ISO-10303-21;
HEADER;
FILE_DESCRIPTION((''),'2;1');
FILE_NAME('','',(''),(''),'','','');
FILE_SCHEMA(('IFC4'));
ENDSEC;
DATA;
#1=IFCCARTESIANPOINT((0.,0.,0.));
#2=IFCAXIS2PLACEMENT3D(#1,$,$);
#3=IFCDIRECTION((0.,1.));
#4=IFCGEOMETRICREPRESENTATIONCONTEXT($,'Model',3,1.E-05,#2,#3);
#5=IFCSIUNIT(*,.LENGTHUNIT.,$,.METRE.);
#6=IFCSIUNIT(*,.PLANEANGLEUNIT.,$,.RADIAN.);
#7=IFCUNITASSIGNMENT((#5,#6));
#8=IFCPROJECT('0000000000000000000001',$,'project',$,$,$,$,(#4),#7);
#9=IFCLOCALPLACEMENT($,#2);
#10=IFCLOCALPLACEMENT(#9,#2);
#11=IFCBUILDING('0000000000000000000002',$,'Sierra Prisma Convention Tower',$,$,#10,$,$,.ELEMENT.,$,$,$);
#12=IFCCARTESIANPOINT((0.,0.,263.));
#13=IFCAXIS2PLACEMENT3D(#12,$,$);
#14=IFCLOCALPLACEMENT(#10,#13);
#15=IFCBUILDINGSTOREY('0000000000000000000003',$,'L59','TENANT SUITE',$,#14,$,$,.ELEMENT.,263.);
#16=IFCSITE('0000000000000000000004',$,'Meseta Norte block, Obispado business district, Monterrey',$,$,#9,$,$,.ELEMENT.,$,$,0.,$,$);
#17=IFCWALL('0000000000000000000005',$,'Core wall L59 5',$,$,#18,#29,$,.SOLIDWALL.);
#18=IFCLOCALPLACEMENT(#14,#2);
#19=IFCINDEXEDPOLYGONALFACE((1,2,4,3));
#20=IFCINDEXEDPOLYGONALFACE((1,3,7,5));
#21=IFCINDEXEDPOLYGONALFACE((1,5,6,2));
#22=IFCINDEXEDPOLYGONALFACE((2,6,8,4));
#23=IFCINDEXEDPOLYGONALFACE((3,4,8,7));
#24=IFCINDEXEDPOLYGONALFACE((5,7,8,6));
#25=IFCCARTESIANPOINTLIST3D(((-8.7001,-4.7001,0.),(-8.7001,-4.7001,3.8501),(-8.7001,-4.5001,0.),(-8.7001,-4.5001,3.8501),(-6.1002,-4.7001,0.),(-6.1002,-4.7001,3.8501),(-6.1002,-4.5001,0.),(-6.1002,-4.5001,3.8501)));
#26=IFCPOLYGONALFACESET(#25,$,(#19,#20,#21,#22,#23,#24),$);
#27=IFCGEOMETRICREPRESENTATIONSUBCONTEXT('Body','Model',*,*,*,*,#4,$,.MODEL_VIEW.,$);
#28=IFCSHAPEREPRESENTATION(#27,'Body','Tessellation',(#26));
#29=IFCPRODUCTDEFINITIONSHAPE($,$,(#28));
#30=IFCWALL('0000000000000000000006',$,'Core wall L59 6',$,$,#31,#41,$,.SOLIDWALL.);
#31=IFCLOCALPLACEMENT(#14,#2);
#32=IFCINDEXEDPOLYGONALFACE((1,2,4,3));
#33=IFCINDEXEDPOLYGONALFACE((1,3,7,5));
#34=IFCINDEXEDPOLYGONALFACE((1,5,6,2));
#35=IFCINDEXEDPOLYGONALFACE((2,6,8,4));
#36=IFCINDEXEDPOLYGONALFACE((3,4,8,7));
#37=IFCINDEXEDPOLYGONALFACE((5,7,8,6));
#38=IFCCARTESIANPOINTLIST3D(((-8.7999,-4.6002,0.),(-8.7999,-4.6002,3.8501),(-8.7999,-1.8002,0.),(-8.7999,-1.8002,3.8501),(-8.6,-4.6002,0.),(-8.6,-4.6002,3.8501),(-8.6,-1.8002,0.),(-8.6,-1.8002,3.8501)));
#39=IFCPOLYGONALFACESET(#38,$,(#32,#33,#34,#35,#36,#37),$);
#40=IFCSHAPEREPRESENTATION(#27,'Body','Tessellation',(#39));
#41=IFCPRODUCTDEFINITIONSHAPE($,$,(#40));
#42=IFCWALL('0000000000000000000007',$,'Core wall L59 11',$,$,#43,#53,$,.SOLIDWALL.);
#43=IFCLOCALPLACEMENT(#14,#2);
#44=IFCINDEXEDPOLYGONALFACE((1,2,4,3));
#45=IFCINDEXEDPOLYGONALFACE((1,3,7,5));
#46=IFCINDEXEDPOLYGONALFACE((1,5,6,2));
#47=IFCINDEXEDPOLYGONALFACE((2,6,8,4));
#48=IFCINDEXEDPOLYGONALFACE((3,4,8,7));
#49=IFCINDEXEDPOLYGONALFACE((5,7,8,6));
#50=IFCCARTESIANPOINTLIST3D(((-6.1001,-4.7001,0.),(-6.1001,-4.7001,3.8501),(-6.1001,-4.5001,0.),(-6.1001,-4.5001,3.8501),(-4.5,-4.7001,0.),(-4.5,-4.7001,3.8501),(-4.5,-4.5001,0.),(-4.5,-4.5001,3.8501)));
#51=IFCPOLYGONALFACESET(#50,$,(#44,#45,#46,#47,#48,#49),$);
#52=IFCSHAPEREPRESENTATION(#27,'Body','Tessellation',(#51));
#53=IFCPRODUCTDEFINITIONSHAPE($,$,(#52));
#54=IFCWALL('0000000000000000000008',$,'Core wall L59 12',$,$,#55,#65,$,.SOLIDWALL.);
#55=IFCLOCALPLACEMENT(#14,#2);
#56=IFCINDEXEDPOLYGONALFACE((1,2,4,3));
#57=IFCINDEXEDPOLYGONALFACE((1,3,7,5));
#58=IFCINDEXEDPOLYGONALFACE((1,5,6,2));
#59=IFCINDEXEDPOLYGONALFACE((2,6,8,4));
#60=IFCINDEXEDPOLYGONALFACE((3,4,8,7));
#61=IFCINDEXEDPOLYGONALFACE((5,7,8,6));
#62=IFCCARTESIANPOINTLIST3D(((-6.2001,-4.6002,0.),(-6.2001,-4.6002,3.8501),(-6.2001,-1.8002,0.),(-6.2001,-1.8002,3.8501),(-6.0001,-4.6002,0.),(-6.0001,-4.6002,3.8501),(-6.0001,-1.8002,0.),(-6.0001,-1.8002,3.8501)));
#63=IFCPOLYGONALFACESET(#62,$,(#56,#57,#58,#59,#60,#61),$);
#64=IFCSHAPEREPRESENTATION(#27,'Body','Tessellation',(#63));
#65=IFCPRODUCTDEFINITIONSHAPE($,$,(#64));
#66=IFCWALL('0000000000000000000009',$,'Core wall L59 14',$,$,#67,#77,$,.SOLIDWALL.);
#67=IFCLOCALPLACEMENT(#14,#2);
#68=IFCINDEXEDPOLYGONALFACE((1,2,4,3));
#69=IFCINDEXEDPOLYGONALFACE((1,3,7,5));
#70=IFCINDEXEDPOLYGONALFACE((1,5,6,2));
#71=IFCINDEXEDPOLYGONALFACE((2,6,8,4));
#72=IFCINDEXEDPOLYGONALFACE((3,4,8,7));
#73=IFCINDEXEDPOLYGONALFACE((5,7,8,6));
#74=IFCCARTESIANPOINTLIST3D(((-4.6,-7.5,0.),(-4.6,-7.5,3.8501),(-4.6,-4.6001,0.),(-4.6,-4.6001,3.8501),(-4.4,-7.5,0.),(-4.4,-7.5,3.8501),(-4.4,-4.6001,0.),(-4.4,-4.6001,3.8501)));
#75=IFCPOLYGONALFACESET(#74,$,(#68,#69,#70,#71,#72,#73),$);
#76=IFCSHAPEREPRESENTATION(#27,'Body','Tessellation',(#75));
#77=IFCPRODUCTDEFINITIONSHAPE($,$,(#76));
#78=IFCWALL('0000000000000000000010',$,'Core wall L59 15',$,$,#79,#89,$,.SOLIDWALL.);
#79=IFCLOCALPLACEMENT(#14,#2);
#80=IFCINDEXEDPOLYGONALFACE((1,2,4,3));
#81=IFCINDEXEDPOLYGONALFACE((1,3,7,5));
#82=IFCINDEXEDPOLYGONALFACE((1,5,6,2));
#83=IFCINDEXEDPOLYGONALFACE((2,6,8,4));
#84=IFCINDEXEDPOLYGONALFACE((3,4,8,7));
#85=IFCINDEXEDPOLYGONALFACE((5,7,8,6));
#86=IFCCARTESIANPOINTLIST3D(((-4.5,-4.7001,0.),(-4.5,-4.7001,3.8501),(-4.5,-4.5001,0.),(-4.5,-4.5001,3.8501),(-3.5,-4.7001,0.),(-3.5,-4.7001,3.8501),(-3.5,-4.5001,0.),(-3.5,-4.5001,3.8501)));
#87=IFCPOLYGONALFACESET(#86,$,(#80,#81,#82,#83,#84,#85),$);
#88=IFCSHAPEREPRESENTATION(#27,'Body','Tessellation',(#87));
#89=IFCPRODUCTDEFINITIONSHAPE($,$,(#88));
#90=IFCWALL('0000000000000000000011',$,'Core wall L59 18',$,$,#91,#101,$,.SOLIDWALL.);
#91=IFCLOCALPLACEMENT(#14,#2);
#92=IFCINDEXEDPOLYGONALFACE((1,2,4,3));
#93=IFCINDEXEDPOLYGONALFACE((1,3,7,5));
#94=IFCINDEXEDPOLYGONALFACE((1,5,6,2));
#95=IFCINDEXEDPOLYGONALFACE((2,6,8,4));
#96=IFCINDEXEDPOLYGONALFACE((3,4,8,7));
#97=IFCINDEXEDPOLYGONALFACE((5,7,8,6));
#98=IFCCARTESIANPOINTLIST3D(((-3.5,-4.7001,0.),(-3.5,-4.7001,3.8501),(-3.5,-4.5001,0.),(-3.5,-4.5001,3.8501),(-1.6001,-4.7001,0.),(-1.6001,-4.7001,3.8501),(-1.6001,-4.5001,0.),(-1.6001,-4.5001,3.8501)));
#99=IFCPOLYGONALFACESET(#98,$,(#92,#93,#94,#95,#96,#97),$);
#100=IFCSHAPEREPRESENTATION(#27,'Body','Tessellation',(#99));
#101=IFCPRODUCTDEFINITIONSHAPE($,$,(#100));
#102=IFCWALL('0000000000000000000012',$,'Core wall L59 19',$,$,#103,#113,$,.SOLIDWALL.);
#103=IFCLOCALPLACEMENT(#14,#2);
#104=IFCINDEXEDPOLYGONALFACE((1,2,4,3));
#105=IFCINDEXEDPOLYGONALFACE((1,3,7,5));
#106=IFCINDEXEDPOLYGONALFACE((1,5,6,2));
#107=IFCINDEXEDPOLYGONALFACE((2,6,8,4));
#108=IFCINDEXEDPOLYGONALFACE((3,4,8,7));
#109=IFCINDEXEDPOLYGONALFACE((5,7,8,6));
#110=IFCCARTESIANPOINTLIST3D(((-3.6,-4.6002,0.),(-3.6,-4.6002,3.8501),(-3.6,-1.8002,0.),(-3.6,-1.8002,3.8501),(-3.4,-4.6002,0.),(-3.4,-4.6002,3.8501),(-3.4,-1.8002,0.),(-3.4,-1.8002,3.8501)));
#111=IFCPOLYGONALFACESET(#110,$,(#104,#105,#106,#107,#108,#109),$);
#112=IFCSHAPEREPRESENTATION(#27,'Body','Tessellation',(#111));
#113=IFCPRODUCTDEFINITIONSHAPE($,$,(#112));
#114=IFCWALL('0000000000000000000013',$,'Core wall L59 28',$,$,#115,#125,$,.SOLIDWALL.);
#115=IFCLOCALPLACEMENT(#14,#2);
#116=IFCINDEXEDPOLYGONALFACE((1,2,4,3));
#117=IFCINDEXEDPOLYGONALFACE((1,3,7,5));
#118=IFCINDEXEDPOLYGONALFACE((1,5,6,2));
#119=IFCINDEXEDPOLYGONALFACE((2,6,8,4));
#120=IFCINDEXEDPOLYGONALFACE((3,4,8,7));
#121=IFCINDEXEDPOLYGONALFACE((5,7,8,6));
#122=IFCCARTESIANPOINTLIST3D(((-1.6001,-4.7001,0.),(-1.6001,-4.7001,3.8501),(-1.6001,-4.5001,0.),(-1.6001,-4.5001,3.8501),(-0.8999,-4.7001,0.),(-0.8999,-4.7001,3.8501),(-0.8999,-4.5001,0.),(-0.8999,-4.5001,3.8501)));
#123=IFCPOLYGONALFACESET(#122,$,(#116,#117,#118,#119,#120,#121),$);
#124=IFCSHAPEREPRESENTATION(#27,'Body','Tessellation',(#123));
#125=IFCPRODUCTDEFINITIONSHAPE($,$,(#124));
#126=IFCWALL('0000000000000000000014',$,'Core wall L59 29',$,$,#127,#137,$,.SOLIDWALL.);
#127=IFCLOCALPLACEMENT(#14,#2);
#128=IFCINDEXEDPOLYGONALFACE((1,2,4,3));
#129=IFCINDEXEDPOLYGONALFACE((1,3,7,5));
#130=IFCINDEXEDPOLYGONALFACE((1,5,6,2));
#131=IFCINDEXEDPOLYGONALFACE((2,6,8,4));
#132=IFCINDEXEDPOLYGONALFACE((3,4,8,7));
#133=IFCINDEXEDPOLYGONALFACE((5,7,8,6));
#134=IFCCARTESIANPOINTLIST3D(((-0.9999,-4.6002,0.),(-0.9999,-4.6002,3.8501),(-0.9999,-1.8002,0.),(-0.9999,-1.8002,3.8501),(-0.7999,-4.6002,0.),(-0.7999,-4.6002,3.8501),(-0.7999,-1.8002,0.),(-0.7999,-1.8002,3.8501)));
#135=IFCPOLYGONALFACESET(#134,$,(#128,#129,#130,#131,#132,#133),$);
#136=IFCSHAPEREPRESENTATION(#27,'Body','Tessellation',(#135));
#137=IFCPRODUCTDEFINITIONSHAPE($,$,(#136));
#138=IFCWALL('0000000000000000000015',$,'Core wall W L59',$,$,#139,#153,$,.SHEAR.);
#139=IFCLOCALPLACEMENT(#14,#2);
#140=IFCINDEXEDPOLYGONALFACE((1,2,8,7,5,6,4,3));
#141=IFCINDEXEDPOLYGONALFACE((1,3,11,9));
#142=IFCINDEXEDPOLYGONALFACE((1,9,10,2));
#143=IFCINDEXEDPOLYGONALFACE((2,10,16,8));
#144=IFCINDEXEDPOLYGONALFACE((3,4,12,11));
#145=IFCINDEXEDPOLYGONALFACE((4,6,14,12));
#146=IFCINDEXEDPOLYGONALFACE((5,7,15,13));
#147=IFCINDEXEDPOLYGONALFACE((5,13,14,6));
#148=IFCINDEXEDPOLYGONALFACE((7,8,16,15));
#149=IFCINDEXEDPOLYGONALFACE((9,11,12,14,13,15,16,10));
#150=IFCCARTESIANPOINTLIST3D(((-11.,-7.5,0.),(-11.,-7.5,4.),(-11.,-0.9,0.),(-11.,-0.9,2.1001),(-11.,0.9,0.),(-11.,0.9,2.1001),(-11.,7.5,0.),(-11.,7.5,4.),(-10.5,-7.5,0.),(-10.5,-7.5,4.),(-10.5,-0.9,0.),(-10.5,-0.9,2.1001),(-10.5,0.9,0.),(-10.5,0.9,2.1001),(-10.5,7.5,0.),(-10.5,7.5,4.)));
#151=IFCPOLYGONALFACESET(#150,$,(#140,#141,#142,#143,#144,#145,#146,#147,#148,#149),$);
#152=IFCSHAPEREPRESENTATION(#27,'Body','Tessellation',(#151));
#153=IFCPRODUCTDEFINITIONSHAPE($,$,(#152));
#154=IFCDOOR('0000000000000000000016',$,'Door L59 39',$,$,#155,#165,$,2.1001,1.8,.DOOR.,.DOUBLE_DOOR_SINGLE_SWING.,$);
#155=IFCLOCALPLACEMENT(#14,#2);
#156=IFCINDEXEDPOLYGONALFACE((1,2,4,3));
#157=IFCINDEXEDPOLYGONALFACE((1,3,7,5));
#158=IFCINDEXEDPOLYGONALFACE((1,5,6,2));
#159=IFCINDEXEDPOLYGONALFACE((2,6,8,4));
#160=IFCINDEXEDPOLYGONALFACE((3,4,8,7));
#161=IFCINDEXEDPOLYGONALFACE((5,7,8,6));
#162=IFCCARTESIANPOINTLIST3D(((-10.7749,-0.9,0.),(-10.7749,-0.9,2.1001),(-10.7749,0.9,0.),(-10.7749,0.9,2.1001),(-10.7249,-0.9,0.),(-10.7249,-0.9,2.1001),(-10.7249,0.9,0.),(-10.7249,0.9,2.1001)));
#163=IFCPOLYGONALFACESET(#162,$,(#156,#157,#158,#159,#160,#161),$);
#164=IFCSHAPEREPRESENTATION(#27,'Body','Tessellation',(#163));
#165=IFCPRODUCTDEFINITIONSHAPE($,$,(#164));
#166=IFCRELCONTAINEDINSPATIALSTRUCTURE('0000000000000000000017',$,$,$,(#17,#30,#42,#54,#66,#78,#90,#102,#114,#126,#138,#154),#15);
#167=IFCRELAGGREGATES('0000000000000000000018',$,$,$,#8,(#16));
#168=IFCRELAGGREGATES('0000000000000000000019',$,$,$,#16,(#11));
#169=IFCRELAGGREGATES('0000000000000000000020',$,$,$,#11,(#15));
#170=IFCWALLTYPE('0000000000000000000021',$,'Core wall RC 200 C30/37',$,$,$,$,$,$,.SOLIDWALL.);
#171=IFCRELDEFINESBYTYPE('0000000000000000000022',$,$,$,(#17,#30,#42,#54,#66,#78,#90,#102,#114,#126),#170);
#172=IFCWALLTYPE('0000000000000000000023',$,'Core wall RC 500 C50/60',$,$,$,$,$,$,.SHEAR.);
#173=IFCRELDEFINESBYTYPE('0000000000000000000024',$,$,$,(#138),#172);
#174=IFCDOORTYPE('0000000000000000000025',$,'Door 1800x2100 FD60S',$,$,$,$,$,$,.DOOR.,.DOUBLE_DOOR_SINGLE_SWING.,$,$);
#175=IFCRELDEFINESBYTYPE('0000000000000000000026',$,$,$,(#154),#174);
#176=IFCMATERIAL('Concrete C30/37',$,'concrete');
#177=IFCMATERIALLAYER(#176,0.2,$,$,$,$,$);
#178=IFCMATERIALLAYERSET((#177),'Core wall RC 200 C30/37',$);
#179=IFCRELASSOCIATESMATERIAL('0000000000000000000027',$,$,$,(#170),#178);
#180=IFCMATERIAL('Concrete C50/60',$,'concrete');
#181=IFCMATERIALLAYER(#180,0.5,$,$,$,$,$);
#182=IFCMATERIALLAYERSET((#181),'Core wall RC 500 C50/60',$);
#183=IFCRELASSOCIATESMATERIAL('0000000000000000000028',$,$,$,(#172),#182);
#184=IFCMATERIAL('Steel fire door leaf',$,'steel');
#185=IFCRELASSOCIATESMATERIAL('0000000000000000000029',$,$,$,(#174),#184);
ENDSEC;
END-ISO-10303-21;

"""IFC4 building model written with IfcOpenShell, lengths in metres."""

from ifc_helpers import new_model, si_unit, direction, frame, frame_2d, origin, place, context, subcontext, project, spatial, rectangle, extrude, material, layer, layer_set, type_object, element, fill, save


model = new_model("IFC4")

# Units and contexts
model_context = context("Model", 3, precision=1e-05, world=origin(), true_north=direction((0.0, 1.0)))
body_context = subcontext(model_context, "Body", "Model", "MODEL_VIEW")
ifc_project = project(units=[si_unit("LENGTHUNIT", "METRE"), si_unit("PLANEANGLEUNIT", "RADIAN")], contexts=[model_context])

# Site, building, storey
site_placement = place(None, origin())
site = spatial("IfcSite", under=ifc_project, at=site_placement, Name="Meseta Norte block, Obispado business district, Monterrey", CompositionType="ELEMENT", RefElevation=0.0)
building_placement = place(site_placement, origin())
building = spatial("IfcBuilding", under=site, at=building_placement, Name="Sierra Prisma Convention Tower", CompositionType="ELEMENT")
storey_placement = place(building_placement, frame((0.0, 0.0, 263.0)))
storey = spatial("IfcBuildingStorey", under=building, at=storey_placement, Name="L59", Description="TENANT SUITE", CompositionType="ELEMENT", Elevation=263.0)

# Shared definitions
ifc_material_1 = material(Name="Concrete C30/37", Category="concrete")
ifc_layer_1 = layer(ifc_material_1, 0.2)
ifc_layer_set_1 = layer_set([ifc_layer_1], Name="Core wall RC 200 C30/37")
wall_type_1 = type_object("IfcWallType", Name="Core wall RC 200 C30/37", PredefinedType="SOLIDWALL", material=ifc_layer_set_1)

# Walls
wall_1_placement = place(storey_placement, frame((-8.7, -4.6001, 0.0), z_axis=(0.0, 0.0, 1.0), x_axis=(1.0, 0.0, 0.0)))
element("IfcWall", 1, at=wall_1_placement, inside=storey, type_object=wall_type_1, Name="Core wall L59 5", PredefinedType="SOLIDWALL", context=body_context, shape_type="SweptSolid", body=[
    extrude(rectangle(XDim=2.5999, YDim=0.2, at=frame_2d((1.2998, 0.0))), origin(), (0.0, 0.0, 1.0), 3.8501),
])
wall_2_placement = place(storey_placement, frame((-8.7, -4.6001, 0.0), z_axis=(0.0, 0.0, 1.0), x_axis=(0.0, 1.0, 0.0)))
element("IfcWall", 2, at=wall_2_placement, inside=storey, type_object=wall_type_1, Name="Core wall L59 6", PredefinedType="SOLIDWALL", context=body_context, shape_type="SweptSolid", body=[
    extrude(rectangle(XDim=2.8, YDim=0.2, at=frame_2d((1.3999, 0.0))), origin(), (0.0, 0.0, 1.0), 3.8501),
])
wall_3_placement = place(storey_placement, frame((-6.1001, -4.6001, 0.0), z_axis=(0.0, 0.0, 1.0), x_axis=(1.0, 0.0, 0.0)))
element("IfcWall", 3, at=wall_3_placement, inside=storey, type_object=wall_type_1, Name="Core wall L59 11", PredefinedType="SOLIDWALL", context=body_context, shape_type="SweptSolid", body=[
    extrude(rectangle(XDim=1.6001, YDim=0.2, at=frame_2d((0.8, 0.0))), origin(), (0.0, 0.0, 1.0), 3.8501),
])
wall_4_placement = place(storey_placement, frame((-6.1001, -4.6001, 0.0), z_axis=(0.0, 0.0, 1.0), x_axis=(0.0, 1.0, 0.0)))
element("IfcWall", 4, at=wall_4_placement, inside=storey, type_object=wall_type_1, Name="Core wall L59 12", PredefinedType="SOLIDWALL", context=body_context, shape_type="SweptSolid", body=[
    extrude(rectangle(XDim=2.8, YDim=0.2, at=frame_2d((1.3999, 0.0))), origin(), (0.0, 0.0, 1.0), 3.8501),
])
wall_5_placement = place(storey_placement, frame((-4.5, -4.6001, 0.0), z_axis=(0.0, 0.0, 1.0), x_axis=(0.0, -1.0, 0.0)))
element("IfcWall", 5, at=wall_5_placement, inside=storey, type_object=wall_type_1, Name="Core wall L59 14", PredefinedType="SOLIDWALL", context=body_context, shape_type="SweptSolid", body=[
    extrude(rectangle(XDim=2.8999, YDim=0.2, at=frame_2d((1.45, 0.0))), origin(), (0.0, 0.0, 1.0), 3.8501),
])
wall_6_placement = place(storey_placement, frame((-4.5, -4.6001, 0.0), z_axis=(0.0, 0.0, 1.0), x_axis=(1.0, 0.0, 0.0)))
element("IfcWall", 6, at=wall_6_placement, inside=storey, type_object=wall_type_1, Name="Core wall L59 15", PredefinedType="SOLIDWALL", context=body_context, shape_type="SweptSolid", body=[
    extrude(rectangle(XDim=1.0, YDim=0.2, at=frame_2d((0.5, 0.0))), origin(), (0.0, 0.0, 1.0), 3.8501),
])
wall_7_placement = place(storey_placement, frame((-3.5, -4.6001, 0.0), z_axis=(0.0, 0.0, 1.0), x_axis=(1.0, 0.0, 0.0)))
element("IfcWall", 7, at=wall_7_placement, inside=storey, type_object=wall_type_1, Name="Core wall L59 18", PredefinedType="SOLIDWALL", context=body_context, shape_type="SweptSolid", body=[
    extrude(rectangle(XDim=1.8999, YDim=0.2, at=frame_2d((0.95, 0.0))), origin(), (0.0, 0.0, 1.0), 3.8501),
])
wall_8_placement = place(storey_placement, frame((-3.5, -4.6001, 0.0), z_axis=(0.0, 0.0, 1.0), x_axis=(0.0, 1.0, 0.0)))
element("IfcWall", 8, at=wall_8_placement, inside=storey, type_object=wall_type_1, Name="Core wall L59 19", PredefinedType="SOLIDWALL", context=body_context, shape_type="SweptSolid", body=[
    extrude(rectangle(XDim=2.8, YDim=0.2, at=frame_2d((1.3999, 0.0))), origin(), (0.0, 0.0, 1.0), 3.8501),
])

# Walls
wall_9_placement = place(storey_placement, frame((-1.6001, -4.6001, 0.0), z_axis=(0.0, 0.0, 1.0), x_axis=(1.0, 0.0, 0.0)))
element("IfcWall", 9, at=wall_9_placement, inside=storey, type_object=wall_type_1, Name="Core wall L59 28", PredefinedType="SOLIDWALL", context=body_context, shape_type="SweptSolid", body=[
    extrude(rectangle(XDim=0.7002, YDim=0.2, at=frame_2d((0.3501, 0.0))), origin(), (0.0, 0.0, 1.0), 3.8501),
])
wall_10_placement = place(storey_placement, frame((-0.8999, -4.6001, 0.0), z_axis=(0.0, 0.0, 1.0), x_axis=(0.0, 1.0, 0.0)))
element("IfcWall", 10, at=wall_10_placement, inside=storey, type_object=wall_type_1, Name="Core wall L59 29", PredefinedType="SOLIDWALL", context=body_context, shape_type="SweptSolid", body=[
    extrude(rectangle(XDim=2.8, YDim=0.2, at=frame_2d((1.3999, 0.0))), origin(), (0.0, 0.0, 1.0), 3.8501),
])

# Wall, opening, door
ifc_material_2 = material(Name="Concrete C50/60", Category="concrete")
ifc_layer_2 = layer(ifc_material_2, 0.5)
ifc_layer_set_2 = layer_set([ifc_layer_2], Name="Core wall RC 500 C50/60")
wall_type_2 = type_object("IfcWallType", Name="Core wall RC 500 C50/60", PredefinedType="SHEAR", material=ifc_layer_set_2)
wall_11_placement = place(storey_placement, frame((-10.75, -7.5, 0.0), z_axis=(0.0, 0.0, 1.0), x_axis=(0.0, 1.0, 0.0)))
wall_11 = element("IfcWall", 11, at=wall_11_placement, inside=storey, type_object=wall_type_2, Name="Core wall W L59", PredefinedType="SHEAR", context=body_context, shape_type="SweptSolid", body=[
    extrude(rectangle(XDim=15.0, YDim=0.5, at=frame_2d((7.5, 0.0))), origin(), (0.0, 0.0, 1.0), 4.0),
])
opening_1_placement = place(wall_11_placement, frame((6.6001, 0.0, 0.0)))
opening_1 = element("IfcOpeningElement", 12, at=opening_1_placement, cuts=wall_11, PredefinedType="OPENING", context=body_context, shape_type="SweptSolid", body=[
    extrude(rectangle(XDim=1.8, YDim=2.1001, at=frame_2d((0.8999, 1.05))), frame((0.0, 0.25, 0.0), z_axis=(0.0, -1.0, 0.0), x_axis=(1.0, 0.0, 0.0)), (0.0, 0.0, 1.0), 0.5),
])
ifc_material_3 = material(Name="Steel fire door leaf", Category="steel")
door_type_1 = type_object("IfcDoorType", Name="Door 1800x2100 FD60S", OperationType="DOUBLE_DOOR_SINGLE_SWING", PredefinedType="DOOR", material=ifc_material_3)
door_1_placement = place(opening_1_placement, origin())
door_1 = element("IfcDoor", 13, at=door_1_placement, inside=storey, type_object=door_type_1, Name="Door L59 39", OperationType="DOUBLE_DOOR_SINGLE_SWING", OverallHeight=2.1001, OverallWidth=1.8, PredefinedType="DOOR", context=body_context, shape_type="SweptSolid", body=[
    extrude(rectangle(XDim=1.8, YDim=2.1001, at=frame_2d((0.8999, 1.05))), frame((0.0, 0.0249, 0.0), z_axis=(0.0, -1.0, 0.0), x_axis=(1.0, 0.0, 0.0)), (0.0, 0.0, 1.0), 0.05),
])
fill(opening_1, door_1)

save(model, "model.ifc")
